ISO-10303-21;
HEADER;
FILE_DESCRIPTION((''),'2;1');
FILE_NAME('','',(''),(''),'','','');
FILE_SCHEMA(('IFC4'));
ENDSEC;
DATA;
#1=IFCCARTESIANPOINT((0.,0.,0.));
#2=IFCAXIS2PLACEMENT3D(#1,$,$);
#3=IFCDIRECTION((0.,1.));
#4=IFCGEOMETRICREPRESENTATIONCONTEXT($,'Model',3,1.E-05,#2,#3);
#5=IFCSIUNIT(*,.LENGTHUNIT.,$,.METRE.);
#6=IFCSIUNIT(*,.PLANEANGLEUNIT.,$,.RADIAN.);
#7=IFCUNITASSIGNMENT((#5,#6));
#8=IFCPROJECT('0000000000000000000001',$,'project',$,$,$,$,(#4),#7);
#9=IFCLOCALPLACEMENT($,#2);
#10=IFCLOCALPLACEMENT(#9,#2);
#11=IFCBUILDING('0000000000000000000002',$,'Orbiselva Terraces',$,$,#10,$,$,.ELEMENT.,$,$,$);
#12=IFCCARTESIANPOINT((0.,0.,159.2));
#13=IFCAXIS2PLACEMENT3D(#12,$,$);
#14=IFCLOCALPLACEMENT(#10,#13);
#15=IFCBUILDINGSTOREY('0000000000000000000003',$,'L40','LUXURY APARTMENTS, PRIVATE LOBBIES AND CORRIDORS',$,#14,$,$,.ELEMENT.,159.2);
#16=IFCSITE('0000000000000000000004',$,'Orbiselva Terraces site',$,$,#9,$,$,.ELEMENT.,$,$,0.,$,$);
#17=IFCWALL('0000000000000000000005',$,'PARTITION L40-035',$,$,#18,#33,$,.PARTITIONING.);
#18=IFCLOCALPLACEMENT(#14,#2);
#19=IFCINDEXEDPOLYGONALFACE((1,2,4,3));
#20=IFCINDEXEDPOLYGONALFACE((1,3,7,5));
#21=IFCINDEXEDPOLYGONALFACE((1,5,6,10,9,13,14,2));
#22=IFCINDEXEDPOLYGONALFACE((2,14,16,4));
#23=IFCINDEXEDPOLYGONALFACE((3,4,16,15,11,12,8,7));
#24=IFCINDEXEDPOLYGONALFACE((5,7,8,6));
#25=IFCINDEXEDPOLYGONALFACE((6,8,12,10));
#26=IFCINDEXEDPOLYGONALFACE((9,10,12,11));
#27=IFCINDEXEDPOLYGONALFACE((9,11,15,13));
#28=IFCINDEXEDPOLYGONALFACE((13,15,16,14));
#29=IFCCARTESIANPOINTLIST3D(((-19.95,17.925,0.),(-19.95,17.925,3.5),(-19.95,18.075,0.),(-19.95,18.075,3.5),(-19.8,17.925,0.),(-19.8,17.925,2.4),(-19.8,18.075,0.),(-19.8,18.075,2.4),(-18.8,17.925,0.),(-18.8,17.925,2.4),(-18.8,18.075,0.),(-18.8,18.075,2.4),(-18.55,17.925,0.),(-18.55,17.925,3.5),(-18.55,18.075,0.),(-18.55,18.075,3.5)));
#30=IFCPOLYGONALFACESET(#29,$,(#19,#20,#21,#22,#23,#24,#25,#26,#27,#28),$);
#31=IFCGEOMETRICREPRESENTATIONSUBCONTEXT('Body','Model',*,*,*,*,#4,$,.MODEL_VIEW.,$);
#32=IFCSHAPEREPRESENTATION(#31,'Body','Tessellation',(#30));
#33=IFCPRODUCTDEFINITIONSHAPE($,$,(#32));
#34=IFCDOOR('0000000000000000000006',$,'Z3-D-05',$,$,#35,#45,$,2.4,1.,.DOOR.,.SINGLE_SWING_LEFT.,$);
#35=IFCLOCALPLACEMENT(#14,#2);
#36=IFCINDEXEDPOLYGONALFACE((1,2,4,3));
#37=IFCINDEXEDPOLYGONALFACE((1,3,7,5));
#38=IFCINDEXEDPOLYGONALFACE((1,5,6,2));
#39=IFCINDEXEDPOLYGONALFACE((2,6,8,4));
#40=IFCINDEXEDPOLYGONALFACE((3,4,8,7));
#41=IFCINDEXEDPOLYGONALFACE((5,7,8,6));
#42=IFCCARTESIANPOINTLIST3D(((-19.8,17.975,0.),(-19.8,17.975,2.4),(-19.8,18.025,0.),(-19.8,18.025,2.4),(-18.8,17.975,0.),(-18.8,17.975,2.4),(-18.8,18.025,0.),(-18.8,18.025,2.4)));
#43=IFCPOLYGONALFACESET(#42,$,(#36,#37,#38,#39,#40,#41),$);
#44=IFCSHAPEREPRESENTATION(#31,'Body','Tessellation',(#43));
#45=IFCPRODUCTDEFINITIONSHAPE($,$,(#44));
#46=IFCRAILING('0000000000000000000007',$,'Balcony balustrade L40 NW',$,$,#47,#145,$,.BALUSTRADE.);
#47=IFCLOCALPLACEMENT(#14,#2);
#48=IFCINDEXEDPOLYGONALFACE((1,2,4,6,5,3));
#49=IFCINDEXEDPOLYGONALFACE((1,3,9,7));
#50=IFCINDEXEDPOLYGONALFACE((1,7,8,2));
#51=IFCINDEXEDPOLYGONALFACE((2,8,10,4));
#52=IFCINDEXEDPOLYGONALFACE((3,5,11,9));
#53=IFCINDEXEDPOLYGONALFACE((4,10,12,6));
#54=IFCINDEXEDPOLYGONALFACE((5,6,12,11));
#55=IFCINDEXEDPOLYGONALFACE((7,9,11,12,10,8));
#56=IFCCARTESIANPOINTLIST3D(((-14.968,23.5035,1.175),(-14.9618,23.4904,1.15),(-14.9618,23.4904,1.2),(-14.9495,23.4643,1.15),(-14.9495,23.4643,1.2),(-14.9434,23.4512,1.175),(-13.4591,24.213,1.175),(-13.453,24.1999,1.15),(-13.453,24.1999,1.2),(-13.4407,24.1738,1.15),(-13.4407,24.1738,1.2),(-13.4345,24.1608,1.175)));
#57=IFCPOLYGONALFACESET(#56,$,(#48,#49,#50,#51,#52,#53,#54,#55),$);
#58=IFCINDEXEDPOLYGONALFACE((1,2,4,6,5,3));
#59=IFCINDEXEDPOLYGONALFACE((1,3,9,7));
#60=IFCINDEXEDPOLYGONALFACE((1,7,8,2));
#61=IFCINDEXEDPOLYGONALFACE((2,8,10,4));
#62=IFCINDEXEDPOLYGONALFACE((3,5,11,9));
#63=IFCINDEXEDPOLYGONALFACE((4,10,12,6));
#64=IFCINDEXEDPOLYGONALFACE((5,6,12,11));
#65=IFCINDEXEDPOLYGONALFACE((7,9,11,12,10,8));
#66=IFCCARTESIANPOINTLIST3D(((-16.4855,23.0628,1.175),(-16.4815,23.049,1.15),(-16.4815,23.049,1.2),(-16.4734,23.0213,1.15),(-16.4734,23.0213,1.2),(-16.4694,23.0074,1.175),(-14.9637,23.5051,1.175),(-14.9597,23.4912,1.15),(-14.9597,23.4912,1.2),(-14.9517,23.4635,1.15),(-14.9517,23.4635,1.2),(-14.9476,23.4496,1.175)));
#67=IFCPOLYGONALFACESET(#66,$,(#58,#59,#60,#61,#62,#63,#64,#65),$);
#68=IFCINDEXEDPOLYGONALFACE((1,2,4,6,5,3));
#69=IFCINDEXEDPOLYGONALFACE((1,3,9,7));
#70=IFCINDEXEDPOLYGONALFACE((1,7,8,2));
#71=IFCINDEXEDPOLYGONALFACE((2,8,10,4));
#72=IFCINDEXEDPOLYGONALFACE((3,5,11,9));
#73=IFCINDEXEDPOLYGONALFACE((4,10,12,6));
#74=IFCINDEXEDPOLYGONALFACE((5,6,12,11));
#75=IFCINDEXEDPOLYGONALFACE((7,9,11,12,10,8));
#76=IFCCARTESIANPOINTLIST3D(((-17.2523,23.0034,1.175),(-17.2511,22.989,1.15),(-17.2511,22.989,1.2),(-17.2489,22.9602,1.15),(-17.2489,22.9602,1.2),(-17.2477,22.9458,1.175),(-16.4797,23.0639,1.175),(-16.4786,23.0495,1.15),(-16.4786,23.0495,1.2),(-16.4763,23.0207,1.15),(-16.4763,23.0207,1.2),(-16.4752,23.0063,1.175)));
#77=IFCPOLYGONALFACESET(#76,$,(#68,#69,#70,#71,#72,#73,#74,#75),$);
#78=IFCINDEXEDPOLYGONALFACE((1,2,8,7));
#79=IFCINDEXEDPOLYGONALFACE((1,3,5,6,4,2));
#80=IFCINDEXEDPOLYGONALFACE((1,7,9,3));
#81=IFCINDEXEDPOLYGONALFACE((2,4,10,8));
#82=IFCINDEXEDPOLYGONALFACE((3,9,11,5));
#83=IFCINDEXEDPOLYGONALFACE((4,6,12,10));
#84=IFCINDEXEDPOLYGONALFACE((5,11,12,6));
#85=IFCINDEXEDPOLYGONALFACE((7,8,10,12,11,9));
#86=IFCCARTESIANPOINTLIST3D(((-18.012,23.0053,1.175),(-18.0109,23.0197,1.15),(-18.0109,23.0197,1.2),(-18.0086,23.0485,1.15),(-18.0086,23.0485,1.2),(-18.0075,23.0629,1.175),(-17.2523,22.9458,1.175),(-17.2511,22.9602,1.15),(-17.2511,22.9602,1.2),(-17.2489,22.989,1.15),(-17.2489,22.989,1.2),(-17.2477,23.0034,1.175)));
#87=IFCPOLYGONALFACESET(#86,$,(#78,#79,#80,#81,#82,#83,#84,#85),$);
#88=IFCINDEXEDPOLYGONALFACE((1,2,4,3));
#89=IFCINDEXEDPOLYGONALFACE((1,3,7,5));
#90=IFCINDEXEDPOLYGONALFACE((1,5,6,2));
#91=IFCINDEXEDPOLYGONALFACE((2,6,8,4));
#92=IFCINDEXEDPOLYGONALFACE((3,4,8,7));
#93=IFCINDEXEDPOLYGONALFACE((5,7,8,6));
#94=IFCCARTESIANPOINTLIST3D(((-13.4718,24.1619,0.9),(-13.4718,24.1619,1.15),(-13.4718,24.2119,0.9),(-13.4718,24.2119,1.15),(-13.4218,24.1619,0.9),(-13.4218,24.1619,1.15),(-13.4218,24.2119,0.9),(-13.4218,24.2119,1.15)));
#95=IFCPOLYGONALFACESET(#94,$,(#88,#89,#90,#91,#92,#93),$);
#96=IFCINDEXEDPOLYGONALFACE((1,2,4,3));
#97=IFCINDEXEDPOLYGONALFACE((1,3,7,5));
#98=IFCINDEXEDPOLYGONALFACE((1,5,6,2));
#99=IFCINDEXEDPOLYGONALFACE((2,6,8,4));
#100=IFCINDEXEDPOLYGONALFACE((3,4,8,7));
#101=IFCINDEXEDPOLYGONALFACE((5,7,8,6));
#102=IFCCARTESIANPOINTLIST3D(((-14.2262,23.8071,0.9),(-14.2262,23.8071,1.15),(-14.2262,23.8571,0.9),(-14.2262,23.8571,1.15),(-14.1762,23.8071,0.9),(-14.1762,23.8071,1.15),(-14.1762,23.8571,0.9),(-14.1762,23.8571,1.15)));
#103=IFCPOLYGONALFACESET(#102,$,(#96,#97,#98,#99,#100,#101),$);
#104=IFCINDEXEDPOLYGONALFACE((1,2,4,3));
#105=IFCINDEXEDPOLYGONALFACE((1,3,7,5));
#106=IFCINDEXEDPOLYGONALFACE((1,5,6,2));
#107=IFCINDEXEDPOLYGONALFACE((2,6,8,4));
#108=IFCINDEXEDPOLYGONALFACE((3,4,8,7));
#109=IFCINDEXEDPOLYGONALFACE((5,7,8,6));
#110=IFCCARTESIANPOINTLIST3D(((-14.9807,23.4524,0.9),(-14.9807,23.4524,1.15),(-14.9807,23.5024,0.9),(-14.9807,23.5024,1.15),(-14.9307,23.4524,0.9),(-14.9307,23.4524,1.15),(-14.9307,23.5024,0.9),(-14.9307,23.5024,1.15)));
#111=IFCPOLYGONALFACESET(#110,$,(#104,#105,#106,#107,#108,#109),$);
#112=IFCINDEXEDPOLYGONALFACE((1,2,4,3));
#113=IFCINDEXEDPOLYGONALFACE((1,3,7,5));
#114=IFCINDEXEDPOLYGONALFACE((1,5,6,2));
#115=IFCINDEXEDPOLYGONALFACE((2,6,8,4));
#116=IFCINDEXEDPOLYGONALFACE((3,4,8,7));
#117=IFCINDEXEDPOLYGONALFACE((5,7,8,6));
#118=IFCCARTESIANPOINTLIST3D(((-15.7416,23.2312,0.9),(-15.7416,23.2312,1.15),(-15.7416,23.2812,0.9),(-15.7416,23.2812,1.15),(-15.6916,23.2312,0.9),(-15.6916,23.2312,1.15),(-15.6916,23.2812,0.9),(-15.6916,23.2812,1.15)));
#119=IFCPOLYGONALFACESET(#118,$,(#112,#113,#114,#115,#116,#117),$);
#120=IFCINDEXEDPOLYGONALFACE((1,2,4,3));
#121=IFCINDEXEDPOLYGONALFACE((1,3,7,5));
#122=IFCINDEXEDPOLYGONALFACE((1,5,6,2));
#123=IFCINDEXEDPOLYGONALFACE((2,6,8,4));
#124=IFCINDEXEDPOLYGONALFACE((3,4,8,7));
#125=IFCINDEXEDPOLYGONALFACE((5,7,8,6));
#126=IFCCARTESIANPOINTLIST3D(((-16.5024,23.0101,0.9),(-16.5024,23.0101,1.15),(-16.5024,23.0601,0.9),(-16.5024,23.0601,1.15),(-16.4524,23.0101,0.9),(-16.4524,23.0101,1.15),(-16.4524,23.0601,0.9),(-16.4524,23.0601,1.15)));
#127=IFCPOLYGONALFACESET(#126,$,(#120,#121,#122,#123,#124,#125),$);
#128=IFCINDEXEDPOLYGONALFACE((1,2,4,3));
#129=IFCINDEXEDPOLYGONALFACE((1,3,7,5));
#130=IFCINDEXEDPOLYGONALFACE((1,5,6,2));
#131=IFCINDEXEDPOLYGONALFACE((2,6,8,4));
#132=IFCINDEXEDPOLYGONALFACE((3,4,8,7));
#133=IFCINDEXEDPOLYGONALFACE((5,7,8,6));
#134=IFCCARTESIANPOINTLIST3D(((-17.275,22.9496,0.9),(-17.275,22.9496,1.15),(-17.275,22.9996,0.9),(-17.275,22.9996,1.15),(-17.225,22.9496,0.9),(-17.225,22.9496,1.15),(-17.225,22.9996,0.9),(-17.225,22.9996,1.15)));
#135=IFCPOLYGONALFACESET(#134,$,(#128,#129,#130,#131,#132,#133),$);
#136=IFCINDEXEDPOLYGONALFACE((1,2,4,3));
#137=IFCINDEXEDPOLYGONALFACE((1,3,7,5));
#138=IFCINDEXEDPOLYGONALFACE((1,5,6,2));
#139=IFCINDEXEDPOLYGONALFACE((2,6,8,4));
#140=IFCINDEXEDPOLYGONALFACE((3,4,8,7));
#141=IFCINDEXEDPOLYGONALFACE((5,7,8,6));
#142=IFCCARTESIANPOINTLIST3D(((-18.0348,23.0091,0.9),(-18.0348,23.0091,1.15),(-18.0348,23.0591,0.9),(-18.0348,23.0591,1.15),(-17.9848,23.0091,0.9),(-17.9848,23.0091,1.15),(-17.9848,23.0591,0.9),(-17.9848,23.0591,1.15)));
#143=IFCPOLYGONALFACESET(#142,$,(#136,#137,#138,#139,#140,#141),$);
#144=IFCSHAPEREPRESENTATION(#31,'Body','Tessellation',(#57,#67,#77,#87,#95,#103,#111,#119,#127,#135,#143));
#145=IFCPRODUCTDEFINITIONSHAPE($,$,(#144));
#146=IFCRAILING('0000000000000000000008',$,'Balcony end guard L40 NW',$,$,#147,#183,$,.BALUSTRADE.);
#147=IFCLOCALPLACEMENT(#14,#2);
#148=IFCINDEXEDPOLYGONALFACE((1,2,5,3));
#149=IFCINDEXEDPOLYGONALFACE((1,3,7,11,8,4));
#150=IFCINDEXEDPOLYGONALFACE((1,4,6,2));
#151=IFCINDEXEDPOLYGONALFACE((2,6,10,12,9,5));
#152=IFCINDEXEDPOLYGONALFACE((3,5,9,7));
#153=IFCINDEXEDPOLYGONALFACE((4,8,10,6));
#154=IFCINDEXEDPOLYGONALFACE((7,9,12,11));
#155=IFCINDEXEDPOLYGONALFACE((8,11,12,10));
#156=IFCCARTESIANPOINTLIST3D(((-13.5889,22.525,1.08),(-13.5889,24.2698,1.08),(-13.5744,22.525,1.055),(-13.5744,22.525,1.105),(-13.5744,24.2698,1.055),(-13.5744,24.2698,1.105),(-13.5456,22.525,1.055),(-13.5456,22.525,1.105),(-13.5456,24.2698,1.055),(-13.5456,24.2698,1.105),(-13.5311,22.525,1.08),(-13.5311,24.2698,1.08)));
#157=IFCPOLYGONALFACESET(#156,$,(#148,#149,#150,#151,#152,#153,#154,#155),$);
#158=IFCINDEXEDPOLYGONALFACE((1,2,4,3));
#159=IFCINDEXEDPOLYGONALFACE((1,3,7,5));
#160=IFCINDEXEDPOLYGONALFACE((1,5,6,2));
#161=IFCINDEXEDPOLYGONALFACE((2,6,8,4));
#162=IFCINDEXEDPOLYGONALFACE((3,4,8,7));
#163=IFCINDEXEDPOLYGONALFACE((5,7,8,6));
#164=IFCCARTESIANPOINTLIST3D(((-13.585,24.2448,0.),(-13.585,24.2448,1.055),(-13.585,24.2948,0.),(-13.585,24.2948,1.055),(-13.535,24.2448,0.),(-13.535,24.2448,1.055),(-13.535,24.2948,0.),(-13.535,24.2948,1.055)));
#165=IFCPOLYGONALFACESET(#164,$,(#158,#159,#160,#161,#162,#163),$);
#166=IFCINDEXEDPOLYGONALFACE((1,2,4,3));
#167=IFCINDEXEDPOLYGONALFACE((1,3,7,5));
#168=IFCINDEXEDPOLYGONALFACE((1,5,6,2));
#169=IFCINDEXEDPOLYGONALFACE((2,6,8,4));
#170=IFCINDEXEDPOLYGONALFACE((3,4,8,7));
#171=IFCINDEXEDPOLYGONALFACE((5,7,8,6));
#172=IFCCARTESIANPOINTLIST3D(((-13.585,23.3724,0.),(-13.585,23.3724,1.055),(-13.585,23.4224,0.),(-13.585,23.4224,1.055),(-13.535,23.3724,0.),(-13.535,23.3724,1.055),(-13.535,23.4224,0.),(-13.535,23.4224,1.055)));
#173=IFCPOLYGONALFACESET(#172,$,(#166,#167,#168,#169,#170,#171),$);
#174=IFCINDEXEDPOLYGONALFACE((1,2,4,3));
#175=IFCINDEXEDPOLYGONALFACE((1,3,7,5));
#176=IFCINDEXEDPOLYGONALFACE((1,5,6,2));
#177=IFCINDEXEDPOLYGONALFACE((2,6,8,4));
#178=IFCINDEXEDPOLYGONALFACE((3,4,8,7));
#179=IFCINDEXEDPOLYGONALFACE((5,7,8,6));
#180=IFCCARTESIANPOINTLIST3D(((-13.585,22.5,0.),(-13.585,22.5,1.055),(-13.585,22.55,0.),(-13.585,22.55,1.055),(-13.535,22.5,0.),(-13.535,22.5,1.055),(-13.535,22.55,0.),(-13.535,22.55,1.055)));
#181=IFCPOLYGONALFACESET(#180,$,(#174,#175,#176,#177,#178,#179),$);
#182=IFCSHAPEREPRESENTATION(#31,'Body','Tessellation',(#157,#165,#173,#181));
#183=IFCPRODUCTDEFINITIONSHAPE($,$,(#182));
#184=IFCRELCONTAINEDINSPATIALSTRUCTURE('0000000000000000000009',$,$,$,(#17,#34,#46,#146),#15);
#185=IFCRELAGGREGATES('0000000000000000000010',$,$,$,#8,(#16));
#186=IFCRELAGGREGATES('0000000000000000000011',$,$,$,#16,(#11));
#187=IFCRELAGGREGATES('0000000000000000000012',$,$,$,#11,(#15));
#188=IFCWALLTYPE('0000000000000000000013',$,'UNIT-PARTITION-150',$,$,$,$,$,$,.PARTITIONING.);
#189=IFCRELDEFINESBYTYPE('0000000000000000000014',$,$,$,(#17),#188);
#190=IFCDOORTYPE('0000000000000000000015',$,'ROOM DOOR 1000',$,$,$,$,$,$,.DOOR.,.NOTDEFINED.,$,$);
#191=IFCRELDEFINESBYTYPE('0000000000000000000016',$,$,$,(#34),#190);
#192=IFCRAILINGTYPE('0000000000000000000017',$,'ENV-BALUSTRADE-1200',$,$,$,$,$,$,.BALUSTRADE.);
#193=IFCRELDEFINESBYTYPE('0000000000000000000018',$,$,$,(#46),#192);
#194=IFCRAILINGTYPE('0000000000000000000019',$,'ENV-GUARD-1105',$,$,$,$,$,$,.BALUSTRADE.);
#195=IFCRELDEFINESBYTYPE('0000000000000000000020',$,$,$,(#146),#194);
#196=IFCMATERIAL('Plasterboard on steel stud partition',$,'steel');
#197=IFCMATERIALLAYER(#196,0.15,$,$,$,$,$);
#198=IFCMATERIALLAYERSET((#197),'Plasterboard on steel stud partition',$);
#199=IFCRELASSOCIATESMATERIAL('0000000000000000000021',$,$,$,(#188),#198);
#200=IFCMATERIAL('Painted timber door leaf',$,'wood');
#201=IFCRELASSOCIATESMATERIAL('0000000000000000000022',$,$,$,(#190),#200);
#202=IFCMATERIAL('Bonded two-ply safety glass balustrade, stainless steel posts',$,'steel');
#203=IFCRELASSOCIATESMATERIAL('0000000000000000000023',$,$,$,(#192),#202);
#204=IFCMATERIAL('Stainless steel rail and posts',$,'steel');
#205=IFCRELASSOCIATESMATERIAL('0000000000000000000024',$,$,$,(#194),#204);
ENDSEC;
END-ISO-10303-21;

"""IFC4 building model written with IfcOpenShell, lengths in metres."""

from ifc_helpers import new_model, si_unit, direction, frame, frame_2d, origin, origin_2d, place, context, subcontext, project, spatial, polyline, rectangle, outline, extrude, material, layer, layer_set, type_object, element, fill, save


model = new_model("IFC4")

# Units and contexts
model_context = context("Model", 3, precision=1e-05, world=origin(), true_north=direction((0.0, 1.0)))
body_context = subcontext(model_context, "Body", "Model", "MODEL_VIEW")
ifc_project = project(units=[si_unit("LENGTHUNIT", "METRE"), si_unit("PLANEANGLEUNIT", "RADIAN")], contexts=[model_context])

# Site, building, storey
site_placement = place(None, origin())
site = spatial("IfcSite", under=ifc_project, at=site_placement, Name="Orbiselva Terraces site", CompositionType="ELEMENT", RefElevation=0.0)
building_placement = place(site_placement, origin())
building = spatial("IfcBuilding", under=site, at=building_placement, Name="Orbiselva Terraces", CompositionType="ELEMENT")
storey_placement = place(building_placement, frame((0.0, 0.0, 159.2)))
storey = spatial("IfcBuildingStorey", under=building, at=storey_placement, Name="L40", Description="LUXURY APARTMENTS, PRIVATE LOBBIES AND CORRIDORS", CompositionType="ELEMENT", Elevation=159.2)

# Shared definitions
ifc_material_1 = material(Name="Plasterboard on steel stud partition", Category="steel")

# Wall, opening, door
ifc_layer_1 = layer(ifc_material_1, 0.15)
ifc_layer_set_1 = layer_set([ifc_layer_1], Name="Plasterboard on steel stud partition")
wall_type_1 = type_object("IfcWallType", Name="UNIT-PARTITION-150", PredefinedType="PARTITIONING", material=ifc_layer_set_1)
wall_1_placement = place(storey_placement, frame((-19.95, 18.0, 0.0), z_axis=(0.0, 0.0, 1.0), x_axis=(1.0, 0.0, 0.0)))
wall_1 = element("IfcWall", 1, at=wall_1_placement, inside=storey, type_object=wall_type_1, Name="PARTITION L40-035", PredefinedType="PARTITIONING", context=body_context, shape_type="SweptSolid", body=[
    extrude(rectangle(XDim=1.4, YDim=0.15, at=frame_2d((0.7, 0.0))), origin(), (0.0, 0.0, 1.0), 3.5),
])
opening_1_placement = place(wall_1_placement, frame((0.15, 0.0, 0.0)))
opening_1 = element("IfcOpeningElement", 2, at=opening_1_placement, cuts=wall_1, PredefinedType="OPENING", context=body_context, shape_type="SweptSolid", body=[
    extrude(rectangle(XDim=1.0, YDim=2.4, at=frame_2d((0.5, 1.2))), frame((0.0, 0.085, 0.0), z_axis=(0.0, -1.0, 0.0), x_axis=(1.0, 0.0, 0.0)), (0.0, 0.0, 1.0), 0.17),
])
ifc_material_2 = material(Name="Painted timber door leaf", Category="wood")
door_type_1 = type_object("IfcDoorType", Name="ROOM DOOR 1000", OperationType="NOTDEFINED", PredefinedType="DOOR", material=ifc_material_2)
door_1_placement = place(opening_1_placement, origin())
door_1 = element("IfcDoor", 3, at=door_1_placement, inside=storey, type_object=door_type_1, Name="Z3-D-05", OperationType="SINGLE_SWING_LEFT", OverallHeight=2.4, OverallWidth=1.0, PredefinedType="DOOR", context=body_context, shape_type="SweptSolid", body=[
    extrude(rectangle(XDim=1.0, YDim=2.4, at=frame_2d((0.5, 1.2))), frame((0.0, 0.025, 0.0), z_axis=(0.0, -1.0, 0.0), x_axis=(1.0, 0.0, 0.0)), (0.0, 0.0, 1.0), 0.05),
])
fill(opening_1, door_1)

# Railings
ifc_material_3 = material(Name="Bonded two-ply safety glass balustrade, stainless steel posts", Category="steel")
railing_type_1 = type_object("IfcRailingType", Name="ENV-BALUSTRADE-1200", PredefinedType="BALUSTRADE", material=ifc_material_3)
railing_1_placement = place(storey_placement, frame((-13.4468, 24.1869, 0.9)))
element("IfcRailing", 4, at=railing_1_placement, inside=storey, type_object=railing_type_1, Name="Balcony balustrade L40 NW", PredefinedType="BALUSTRADE", context=body_context, shape_type="SweptSolid", body=[
    extrude(outline(polyline([(0.0289, 0.0), (0.0144, 0.025), (-0.0144, 0.025), (-0.0289, 0.0), (-0.0144, -0.025), (0.0144, -0.025), (0.0289, 0.0)])), frame((0.0, 0.0, 0.275), z_axis=(-0.904944, -0.42553, 0.0), x_axis=(0.42553, -0.904944, 0.0)), (0.0, 0.0, 1.0), 1.6674),
    extrude(outline(polyline([(0.0289, 0.0), (0.0144, 0.025), (-0.0144, 0.025), (-0.0289, 0.0), (-0.0144, -0.025), (0.0144, -0.025), (0.0289, 0.0)])), frame((-1.5089, -0.7095, 0.275), z_axis=(-0.96027, -0.279071, 0.0), x_axis=(0.279071, -0.96027, 0.0)), (0.0, 0.0, 1.0), 1.5847),
    extrude(outline(polyline([(0.0289, 0.0), (0.0144, 0.025), (-0.0144, 0.025), (-0.0289, 0.0), (-0.0144, -0.025), (0.0144, -0.025), (0.0289, 0.0)])), frame((-3.0306, -1.1518, 0.275), z_axis=(-0.996948, -0.078071, 0.0), x_axis=(0.078071, -0.996948, 0.0)), (0.0, 0.0, 1.0), 0.7749),
    extrude(outline(polyline([(0.0289, 0.0), (0.0144, 0.025), (-0.0144, 0.025), (-0.0289, 0.0), (-0.0144, -0.025), (0.0144, -0.025), (0.0289, 0.0)])), frame((-3.8032, -1.2123, 0.275), z_axis=(-0.996948, 0.078071, 0.0), x_axis=(-0.078071, -0.996948, 0.0)), (0.0, 0.0, 1.0), 0.7621),
    extrude(rectangle(XDim=0.05, YDim=0.05, at=origin_2d()), origin(), (0.0, 0.0, 1.0), 0.25),
    extrude(rectangle(XDim=0.05, YDim=0.05, at=origin_2d()), frame((-0.7544, -0.3548, 0.0)), (0.0, 0.0, 1.0), 0.25),
    extrude(rectangle(XDim=0.05, YDim=0.05, at=origin_2d()), frame((-1.5089, -0.7095, 0.0)), (0.0, 0.0, 1.0), 0.25),
    extrude(rectangle(XDim=0.05, YDim=0.05, at=origin_2d()), frame((-2.2698, -0.9306, 0.0)), (0.0, 0.0, 1.0), 0.25),
    extrude(rectangle(XDim=0.05, YDim=0.05, at=origin_2d()), frame((-3.0306, -1.1518, 0.0)), (0.0, 0.0, 1.0), 0.25),
    extrude(rectangle(XDim=0.05, YDim=0.05, at=origin_2d()), frame((-3.8032, -1.2123, 0.0)), (0.0, 0.0, 1.0), 0.25),
    extrude(rectangle(XDim=0.05, YDim=0.05, at=origin_2d()), frame((-4.5629, -1.1528, 0.0)), (0.0, 0.0, 1.0), 0.25),
])
ifc_material_4 = material(Name="Stainless steel rail and posts", Category="steel")
railing_type_2 = type_object("IfcRailingType", Name="ENV-GUARD-1105", PredefinedType="BALUSTRADE", material=ifc_material_4)
railing_2_placement = place(storey_placement, frame((-13.56, 24.2698, 0.0)))
element("IfcRailing", 5, at=railing_2_placement, inside=storey, type_object=railing_type_2, Name="Balcony end guard L40 NW", PredefinedType="BALUSTRADE", context=body_context, shape_type="SweptSolid", body=[
    extrude(outline(polyline([(0.0289, 0.0), (0.0144, 0.025), (-0.0144, 0.025), (-0.0289, 0.0), (-0.0144, -0.025), (0.0144, -0.025), (0.0289, 0.0)])), frame((0.0, 0.0, 1.08), z_axis=(0.0, -1.0, 0.0), x_axis=(1.0, 0.0, 0.0)), (0.0, 0.0, 1.0), 1.7448),
    extrude(rectangle(XDim=0.05, YDim=0.05, at=origin_2d()), origin(), (0.0, 0.0, 1.0), 1.055),
    extrude(rectangle(XDim=0.05, YDim=0.05, at=origin_2d()), frame((0.0, -0.8724, 0.0)), (0.0, 0.0, 1.0), 1.055),
    extrude(rectangle(XDim=0.05, YDim=0.05, at=origin_2d()), frame((0.0, -1.7448, 0.0)), (0.0, 0.0, 1.0), 1.055),
])

save(model, "model.ifc")
